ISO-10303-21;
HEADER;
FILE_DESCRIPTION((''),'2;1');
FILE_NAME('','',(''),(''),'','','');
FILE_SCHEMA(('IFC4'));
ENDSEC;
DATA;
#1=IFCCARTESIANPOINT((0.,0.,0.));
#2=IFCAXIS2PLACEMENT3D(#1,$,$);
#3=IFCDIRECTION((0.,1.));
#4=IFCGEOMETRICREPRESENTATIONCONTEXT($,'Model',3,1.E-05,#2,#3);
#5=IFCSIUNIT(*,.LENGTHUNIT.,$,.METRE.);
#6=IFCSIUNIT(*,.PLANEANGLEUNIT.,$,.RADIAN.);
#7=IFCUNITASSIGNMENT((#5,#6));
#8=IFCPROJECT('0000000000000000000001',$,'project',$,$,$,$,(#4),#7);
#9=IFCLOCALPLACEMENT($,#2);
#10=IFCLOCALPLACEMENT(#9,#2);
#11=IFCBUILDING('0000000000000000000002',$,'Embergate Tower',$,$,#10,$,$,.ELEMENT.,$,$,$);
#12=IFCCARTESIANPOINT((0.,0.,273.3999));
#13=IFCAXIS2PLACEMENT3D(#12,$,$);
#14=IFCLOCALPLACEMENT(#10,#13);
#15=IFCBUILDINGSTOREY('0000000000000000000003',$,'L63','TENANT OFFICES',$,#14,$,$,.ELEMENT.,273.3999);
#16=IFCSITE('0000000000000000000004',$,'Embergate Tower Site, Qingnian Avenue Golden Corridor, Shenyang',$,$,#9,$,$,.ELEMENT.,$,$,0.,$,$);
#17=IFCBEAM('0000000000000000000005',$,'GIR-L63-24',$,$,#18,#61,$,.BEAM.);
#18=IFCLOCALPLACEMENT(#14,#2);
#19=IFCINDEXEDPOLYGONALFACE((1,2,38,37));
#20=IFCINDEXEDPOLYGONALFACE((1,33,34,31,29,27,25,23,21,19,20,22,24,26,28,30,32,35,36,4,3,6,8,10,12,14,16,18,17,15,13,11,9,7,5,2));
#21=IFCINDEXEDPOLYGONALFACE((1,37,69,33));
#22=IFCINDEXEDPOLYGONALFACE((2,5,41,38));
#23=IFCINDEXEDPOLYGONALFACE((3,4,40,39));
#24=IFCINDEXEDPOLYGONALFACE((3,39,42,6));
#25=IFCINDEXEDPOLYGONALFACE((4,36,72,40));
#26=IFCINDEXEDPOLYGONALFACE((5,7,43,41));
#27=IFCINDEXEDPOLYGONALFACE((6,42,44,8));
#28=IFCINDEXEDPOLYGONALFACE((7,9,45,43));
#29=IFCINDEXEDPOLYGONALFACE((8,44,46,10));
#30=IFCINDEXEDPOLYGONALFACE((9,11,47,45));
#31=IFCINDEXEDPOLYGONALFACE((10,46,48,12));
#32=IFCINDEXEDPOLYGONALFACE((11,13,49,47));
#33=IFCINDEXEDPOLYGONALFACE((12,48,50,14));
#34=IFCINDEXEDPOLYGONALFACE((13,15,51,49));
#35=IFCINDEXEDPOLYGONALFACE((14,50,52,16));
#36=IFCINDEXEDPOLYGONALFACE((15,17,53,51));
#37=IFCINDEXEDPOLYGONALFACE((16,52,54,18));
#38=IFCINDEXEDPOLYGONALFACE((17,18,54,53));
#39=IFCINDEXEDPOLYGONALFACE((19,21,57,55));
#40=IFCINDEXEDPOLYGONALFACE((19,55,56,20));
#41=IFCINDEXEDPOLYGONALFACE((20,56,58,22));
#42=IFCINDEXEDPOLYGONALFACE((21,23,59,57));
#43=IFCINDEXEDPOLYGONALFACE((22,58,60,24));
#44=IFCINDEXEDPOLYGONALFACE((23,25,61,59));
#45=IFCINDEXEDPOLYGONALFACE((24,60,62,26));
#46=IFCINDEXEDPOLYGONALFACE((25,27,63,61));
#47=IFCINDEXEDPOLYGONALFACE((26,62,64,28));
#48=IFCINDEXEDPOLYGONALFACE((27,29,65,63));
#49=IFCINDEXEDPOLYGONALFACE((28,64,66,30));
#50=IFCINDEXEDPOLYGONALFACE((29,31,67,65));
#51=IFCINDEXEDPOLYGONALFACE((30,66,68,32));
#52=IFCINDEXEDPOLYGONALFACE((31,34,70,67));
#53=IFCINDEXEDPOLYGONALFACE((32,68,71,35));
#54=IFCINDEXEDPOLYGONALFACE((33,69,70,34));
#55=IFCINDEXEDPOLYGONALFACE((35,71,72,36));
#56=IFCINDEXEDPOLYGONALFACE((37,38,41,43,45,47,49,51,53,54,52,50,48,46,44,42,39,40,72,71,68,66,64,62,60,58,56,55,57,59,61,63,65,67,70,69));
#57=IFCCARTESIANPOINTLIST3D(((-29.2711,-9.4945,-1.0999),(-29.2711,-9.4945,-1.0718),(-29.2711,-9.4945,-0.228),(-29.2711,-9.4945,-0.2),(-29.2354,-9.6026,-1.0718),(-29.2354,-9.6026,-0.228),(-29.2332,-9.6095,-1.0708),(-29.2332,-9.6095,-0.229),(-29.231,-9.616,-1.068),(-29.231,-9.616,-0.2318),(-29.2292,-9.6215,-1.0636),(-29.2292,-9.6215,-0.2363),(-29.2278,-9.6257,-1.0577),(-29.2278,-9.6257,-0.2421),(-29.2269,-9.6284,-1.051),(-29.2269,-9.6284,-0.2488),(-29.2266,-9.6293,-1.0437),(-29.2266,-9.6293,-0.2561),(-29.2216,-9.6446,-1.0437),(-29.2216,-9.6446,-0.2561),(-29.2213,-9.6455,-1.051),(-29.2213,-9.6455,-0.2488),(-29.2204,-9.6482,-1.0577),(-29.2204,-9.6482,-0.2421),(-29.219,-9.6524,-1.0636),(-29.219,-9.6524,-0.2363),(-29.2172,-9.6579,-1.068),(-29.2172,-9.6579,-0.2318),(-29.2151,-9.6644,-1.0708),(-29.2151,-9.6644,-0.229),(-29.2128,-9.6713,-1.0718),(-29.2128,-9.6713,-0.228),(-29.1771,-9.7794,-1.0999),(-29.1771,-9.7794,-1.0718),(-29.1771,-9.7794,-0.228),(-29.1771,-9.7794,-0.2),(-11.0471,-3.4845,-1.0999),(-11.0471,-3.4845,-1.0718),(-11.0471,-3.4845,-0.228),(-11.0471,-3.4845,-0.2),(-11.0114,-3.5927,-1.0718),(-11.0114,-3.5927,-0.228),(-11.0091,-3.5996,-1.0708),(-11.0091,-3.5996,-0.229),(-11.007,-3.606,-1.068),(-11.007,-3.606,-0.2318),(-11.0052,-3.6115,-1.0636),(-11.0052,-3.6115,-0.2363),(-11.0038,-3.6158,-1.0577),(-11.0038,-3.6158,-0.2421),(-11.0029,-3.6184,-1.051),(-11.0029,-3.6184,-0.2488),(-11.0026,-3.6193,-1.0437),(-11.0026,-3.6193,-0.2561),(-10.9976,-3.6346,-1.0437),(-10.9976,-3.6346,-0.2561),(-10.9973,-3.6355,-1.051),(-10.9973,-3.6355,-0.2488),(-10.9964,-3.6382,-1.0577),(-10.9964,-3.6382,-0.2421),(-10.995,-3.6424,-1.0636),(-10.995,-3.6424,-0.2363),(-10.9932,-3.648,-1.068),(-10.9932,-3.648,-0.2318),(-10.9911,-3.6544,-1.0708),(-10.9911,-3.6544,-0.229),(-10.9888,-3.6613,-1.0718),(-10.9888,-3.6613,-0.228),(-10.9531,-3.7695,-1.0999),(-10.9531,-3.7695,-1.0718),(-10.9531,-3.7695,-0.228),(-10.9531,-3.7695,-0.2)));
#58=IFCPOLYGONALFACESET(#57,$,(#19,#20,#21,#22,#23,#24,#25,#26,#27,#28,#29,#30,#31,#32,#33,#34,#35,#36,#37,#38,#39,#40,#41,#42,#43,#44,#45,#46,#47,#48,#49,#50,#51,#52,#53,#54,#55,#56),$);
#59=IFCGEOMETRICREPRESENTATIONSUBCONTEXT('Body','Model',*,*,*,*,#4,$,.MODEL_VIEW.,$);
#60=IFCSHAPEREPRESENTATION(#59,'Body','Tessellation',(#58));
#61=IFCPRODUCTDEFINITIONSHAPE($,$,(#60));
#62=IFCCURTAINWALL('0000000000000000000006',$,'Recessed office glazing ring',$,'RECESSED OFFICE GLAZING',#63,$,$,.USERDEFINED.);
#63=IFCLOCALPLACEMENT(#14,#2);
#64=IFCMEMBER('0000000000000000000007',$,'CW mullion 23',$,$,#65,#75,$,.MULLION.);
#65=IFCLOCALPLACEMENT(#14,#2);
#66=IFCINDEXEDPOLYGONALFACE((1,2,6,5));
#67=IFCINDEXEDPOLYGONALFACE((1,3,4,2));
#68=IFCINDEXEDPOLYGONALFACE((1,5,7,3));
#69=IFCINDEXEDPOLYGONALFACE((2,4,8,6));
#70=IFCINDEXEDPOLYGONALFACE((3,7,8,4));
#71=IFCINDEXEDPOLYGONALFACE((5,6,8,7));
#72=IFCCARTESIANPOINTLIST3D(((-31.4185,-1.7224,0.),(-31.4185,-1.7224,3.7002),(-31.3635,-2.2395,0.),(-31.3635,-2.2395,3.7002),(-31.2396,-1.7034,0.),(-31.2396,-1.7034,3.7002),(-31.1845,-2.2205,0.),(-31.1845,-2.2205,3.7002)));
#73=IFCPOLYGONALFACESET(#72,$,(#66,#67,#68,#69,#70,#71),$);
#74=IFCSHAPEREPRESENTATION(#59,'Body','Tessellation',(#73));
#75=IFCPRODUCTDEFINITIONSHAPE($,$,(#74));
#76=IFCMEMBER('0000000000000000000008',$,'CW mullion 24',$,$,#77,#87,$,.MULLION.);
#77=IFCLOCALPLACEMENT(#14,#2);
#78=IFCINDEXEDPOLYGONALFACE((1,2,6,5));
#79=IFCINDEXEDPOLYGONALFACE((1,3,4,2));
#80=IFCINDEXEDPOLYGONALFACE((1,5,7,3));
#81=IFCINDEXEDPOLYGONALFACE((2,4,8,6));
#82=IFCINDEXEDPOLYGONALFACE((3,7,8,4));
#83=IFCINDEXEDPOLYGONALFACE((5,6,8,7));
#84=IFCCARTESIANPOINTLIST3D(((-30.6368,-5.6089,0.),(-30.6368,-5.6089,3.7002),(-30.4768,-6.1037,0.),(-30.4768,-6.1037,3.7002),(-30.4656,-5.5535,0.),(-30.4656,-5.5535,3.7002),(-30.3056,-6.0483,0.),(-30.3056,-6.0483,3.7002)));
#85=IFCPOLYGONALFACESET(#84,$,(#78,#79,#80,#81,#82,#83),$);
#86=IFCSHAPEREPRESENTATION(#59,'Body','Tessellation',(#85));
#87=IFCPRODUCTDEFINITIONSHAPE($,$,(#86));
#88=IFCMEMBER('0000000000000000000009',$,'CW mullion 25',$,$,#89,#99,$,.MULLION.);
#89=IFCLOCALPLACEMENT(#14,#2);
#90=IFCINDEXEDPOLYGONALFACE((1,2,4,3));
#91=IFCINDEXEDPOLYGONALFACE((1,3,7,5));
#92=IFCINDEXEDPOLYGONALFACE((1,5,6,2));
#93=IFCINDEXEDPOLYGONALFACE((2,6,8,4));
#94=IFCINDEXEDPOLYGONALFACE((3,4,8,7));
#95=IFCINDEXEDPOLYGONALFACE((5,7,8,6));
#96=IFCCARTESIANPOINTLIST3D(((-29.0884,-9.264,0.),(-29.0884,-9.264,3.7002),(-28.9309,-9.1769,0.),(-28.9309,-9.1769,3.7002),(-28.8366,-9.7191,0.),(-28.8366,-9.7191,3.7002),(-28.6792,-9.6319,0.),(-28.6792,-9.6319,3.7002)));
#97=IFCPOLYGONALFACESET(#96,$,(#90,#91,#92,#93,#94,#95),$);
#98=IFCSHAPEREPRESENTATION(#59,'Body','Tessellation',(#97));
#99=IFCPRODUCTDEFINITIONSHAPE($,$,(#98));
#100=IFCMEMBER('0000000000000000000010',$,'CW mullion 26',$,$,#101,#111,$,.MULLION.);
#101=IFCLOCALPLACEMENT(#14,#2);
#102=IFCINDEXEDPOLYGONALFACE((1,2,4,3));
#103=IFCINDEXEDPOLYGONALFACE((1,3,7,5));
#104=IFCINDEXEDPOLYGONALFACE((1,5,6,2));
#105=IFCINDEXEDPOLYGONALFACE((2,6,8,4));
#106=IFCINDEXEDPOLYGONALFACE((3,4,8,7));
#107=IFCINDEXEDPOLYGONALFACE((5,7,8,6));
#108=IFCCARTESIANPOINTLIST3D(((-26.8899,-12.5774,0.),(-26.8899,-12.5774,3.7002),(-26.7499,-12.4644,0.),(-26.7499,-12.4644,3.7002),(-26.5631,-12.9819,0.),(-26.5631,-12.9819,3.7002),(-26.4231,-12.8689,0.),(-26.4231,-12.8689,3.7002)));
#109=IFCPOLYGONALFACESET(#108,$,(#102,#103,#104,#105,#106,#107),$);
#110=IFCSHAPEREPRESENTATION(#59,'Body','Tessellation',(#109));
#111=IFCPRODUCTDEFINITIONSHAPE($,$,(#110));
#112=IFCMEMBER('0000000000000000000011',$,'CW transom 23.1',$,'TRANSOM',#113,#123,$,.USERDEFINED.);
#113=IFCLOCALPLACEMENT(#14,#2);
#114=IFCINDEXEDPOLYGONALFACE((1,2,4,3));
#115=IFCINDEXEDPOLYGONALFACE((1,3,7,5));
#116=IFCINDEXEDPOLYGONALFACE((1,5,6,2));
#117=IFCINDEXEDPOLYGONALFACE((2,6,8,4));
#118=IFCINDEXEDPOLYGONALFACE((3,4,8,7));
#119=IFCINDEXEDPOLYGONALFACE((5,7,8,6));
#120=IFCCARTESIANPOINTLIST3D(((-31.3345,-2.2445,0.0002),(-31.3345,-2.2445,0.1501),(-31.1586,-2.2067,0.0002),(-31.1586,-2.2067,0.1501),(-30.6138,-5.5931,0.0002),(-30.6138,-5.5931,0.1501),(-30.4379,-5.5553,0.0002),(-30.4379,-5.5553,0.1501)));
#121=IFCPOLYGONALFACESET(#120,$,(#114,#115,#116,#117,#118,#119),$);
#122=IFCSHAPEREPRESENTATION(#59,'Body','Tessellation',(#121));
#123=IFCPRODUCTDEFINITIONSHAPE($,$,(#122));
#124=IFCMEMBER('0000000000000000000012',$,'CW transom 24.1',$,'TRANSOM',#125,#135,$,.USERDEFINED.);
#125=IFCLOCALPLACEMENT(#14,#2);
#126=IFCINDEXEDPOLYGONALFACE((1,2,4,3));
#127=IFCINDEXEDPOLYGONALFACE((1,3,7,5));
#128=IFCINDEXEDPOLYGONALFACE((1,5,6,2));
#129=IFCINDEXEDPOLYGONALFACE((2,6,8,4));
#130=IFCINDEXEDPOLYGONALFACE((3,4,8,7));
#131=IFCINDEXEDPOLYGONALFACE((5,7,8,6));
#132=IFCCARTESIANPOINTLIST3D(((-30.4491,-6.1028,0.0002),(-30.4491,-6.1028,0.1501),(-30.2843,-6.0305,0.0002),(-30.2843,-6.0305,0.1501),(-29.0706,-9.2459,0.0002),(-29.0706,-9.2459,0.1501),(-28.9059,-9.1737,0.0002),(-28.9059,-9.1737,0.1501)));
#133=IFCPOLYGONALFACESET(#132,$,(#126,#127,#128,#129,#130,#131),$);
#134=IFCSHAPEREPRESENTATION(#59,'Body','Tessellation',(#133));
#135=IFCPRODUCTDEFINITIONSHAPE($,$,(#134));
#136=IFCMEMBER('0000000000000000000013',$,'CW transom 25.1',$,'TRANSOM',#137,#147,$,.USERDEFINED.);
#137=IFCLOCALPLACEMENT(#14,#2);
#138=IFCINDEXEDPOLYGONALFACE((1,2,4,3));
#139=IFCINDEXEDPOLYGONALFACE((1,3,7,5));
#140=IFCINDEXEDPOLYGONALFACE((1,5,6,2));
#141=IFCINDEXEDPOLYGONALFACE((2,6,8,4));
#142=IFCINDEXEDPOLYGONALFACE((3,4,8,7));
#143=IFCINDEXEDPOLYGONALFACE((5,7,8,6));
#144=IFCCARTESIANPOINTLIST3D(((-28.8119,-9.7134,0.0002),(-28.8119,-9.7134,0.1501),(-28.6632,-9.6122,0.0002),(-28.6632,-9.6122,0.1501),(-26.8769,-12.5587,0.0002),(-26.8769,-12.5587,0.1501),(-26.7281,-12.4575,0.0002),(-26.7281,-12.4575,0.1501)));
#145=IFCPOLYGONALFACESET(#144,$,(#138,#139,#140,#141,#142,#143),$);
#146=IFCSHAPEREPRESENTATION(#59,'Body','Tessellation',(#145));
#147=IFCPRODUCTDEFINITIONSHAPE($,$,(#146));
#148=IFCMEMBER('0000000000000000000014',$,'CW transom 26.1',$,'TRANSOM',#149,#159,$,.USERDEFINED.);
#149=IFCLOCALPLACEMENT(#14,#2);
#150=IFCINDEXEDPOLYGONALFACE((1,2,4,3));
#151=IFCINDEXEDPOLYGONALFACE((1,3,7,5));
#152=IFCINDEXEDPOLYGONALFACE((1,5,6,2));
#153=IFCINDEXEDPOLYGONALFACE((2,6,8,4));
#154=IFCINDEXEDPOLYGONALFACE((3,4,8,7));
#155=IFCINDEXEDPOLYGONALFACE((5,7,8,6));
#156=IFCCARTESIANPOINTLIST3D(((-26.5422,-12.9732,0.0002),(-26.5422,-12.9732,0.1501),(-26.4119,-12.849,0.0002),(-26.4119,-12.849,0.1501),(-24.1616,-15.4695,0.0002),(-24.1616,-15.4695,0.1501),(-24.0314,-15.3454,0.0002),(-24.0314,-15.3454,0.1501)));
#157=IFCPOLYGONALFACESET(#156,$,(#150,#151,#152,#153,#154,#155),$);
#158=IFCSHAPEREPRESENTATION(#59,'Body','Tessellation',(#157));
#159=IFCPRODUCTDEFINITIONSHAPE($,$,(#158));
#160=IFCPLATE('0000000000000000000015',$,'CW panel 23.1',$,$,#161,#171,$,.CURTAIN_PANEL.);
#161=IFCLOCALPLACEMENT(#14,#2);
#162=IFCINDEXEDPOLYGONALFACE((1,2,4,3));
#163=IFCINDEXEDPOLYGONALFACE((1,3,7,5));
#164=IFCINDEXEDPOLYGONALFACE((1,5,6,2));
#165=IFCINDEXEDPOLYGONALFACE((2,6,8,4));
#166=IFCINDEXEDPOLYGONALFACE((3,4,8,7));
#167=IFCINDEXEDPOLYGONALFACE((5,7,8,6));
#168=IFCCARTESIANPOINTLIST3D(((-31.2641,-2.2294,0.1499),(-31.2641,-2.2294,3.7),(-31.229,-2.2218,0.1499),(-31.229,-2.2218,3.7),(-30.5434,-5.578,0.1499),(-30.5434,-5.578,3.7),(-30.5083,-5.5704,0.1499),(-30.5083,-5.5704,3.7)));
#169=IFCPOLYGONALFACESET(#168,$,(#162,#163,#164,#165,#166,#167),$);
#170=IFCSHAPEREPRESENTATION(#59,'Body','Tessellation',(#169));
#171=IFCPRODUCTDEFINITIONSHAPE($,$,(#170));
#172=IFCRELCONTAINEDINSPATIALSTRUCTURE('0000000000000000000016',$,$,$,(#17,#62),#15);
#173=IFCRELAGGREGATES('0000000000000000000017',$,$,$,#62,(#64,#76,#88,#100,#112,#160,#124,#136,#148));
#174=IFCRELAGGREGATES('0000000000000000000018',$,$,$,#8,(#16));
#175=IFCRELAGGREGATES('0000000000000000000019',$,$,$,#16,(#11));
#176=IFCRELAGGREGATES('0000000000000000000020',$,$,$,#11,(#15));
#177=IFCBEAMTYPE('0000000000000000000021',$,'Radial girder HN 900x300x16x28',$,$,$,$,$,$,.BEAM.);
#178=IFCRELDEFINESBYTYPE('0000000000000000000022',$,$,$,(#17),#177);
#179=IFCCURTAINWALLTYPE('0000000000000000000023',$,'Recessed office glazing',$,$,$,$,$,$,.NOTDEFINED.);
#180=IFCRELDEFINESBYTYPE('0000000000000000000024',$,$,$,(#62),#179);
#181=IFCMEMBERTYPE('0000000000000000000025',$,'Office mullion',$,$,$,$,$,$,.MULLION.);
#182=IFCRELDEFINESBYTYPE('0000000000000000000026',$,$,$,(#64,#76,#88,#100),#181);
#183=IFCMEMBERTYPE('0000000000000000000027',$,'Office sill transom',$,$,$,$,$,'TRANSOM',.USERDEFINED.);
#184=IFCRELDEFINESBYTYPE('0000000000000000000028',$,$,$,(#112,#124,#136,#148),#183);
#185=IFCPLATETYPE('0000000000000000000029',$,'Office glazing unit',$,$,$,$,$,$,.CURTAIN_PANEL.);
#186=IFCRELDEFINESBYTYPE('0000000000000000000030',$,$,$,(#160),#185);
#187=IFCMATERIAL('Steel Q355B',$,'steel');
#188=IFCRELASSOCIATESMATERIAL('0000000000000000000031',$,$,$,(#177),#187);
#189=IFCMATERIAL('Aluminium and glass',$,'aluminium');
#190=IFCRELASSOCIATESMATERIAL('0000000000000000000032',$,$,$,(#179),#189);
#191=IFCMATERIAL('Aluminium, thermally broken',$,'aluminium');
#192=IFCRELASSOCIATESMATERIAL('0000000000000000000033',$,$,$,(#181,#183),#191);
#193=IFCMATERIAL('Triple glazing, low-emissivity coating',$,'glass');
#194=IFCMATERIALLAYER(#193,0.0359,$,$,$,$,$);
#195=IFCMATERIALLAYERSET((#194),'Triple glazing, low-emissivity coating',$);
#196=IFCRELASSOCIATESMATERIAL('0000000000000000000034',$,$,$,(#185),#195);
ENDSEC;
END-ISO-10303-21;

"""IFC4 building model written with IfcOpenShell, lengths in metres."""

from ifc_helpers import new_model, si_unit, direction, frame, origin, origin_2d, place, context, subcontext, project, spatial, rectangle, i_section, extrude, source, transform, mapped, material, layer, layer_set, material_profile, profile_set, type_object, element, aggregate, save


model = new_model("IFC4")

# Units and contexts
model_context = context("Model", 3, precision=1e-05, world=origin(), true_north=direction((0.0, 1.0)))
body_context = subcontext(model_context, "Body", "Model", "MODEL_VIEW")
ifc_project = project(units=[si_unit("LENGTHUNIT", "METRE"), si_unit("PLANEANGLEUNIT", "RADIAN")], contexts=[model_context])

# Site, building, storey
site_placement = place(None, origin())
site = spatial("IfcSite", under=ifc_project, at=site_placement, Name="Embergate Tower Site, Qingnian Avenue Golden Corridor, Shenyang", CompositionType="ELEMENT", RefElevation=0.0)
building_placement = place(site_placement, origin())
building = spatial("IfcBuilding", under=site, at=building_placement, Name="Embergate Tower", CompositionType="ELEMENT")
storey_placement = place(building_placement, frame((0.0, 0.0, 273.3999)))
storey = spatial("IfcBuildingStorey", under=building, at=storey_placement, Name="L63", Description="TENANT OFFICES", CompositionType="ELEMENT", Elevation=273.3999)

# Beam
ifc_material_1 = material(Name="Steel Q355B", Category="steel")
ifc_material_profile_1 = material_profile(ifc_material_1, i_section(OverallWidth=0.3, OverallDepth=0.8999, WebThickness=0.0161, FlangeThickness=0.0281, FilletRadius=0.0281, at=origin_2d()), Name="HN 900x300x16x28")
ifc_profile_set_1 = profile_set([ifc_material_profile_1], Name="Steel Q355 grade B")
beam_type_1 = type_object("IfcBeamType", Name="Radial girder HN 900x300x16x28", PredefinedType="BEAM", material=ifc_profile_set_1)
shared_shape_1 = source(origin(), body_context, "Body", "SweptSolid", [
    extrude(i_section(OverallWidth=0.3, OverallDepth=0.8999, WebThickness=0.0161, FlangeThickness=0.0281, FilletRadius=0.0281, at=origin_2d()), origin(), (0.0, 0.0, 1.0), 19.1895),
])
beam_1_placement = place(storey_placement, frame((-29.2241, -9.637, -0.6499), z_axis=(0.94969, 0.313192, 0.0), x_axis=(-0.313192, 0.94969, 0.0)))
element("IfcBeam", 1, at=beam_1_placement, inside=storey, type_object=beam_type_1, Name="GIR-L63-24", PredefinedType="BEAM", context=body_context, shape_type="MappedRepresentation", body=[
    mapped(shared_shape_1, transform((0.0, 0.0, 0.0))),
])

# Curtain wall, members, plate
ifc_material_2 = material(Name="Aluminium and glass", Category="aluminium")
curtain_wall_type = type_object("IfcCurtainWallType", Name="Recessed office glazing", PredefinedType="NOTDEFINED", material=ifc_material_2)
curtain_wall_placement = place(storey_placement, origin())
curtain_wall = element("IfcCurtainWall", 2, at=curtain_wall_placement, inside=storey, type_object=curtain_wall_type, Name="Recessed office glazing ring", ObjectType="RECESSED OFFICE GLAZING", PredefinedType="USERDEFINED")
ifc_material_3 = material(Name="Aluminium, thermally broken", Category="aluminium")
ifc_material_profile_2 = material_profile(ifc_material_3, rectangle(XDim=0.1799, YDim=0.52, at=origin_2d()), Name="AL 520x180")
ifc_profile_set_2 = profile_set([ifc_material_profile_2], Name="Aluminium, thermally broken")
member_type_1 = type_object("IfcMemberType", Name="Office mullion", PredefinedType="MULLION", material=ifc_profile_set_2)
shared_shape_2 = source(origin(), body_context, "Body", "SweptSolid", [
    extrude(rectangle(XDim=0.1799, YDim=0.52, at=origin_2d()), origin(), (0.0, 0.0, 1.0), 3.7002),
])
member_1_placement = place(storey_placement, frame((-31.3015, -1.9714, 0.0), z_axis=(0.0, 0.0, 1.0), x_axis=(0.994384, 0.10583, 0.0)))
member_1 = element("IfcMember", 3, at=member_1_placement, type_object=member_type_1, Name="CW mullion 23", PredefinedType="MULLION", context=body_context, shape_type="MappedRepresentation", body=[
    mapped(shared_shape_2, transform((0.0, 0.0, 0.0))),
])
member_2_placement = place(storey_placement, frame((-30.4712, -5.8286, 0.0), z_axis=(0.0, 0.0, 1.0), x_axis=(0.951493, 0.307671, 0.0)))
member_2 = element("IfcMember", 4, at=member_2_placement, type_object=member_type_1, Name="CW mullion 24", PredefinedType="MULLION", context=body_context, shape_type="MappedRepresentation", body=[
    mapped(shared_shape_2, transform((0.0, 0.0, 0.0))),
])
member_3_placement = place(storey_placement, frame((-28.8838, -9.448, 0.0), z_axis=(0.0, 0.0, 1.0), x_axis=(0.874993, 0.484136, 0.0)))
member_3 = element("IfcMember", 5, at=member_3_placement, type_object=member_type_1, Name="CW mullion 25", PredefinedType="MULLION", context=body_context, shape_type="MappedRepresentation", body=[
    mapped(shared_shape_2, transform((0.0, 0.0, 0.0))),
])
member_4_placement = place(storey_placement, frame((-26.6565, -12.7231, 0.0), z_axis=(0.0, 0.0, 1.0), x_axis=(0.777862, 0.628436, 0.0)))
member_4 = element("IfcMember", 6, at=member_4_placement, type_object=member_type_1, Name="CW mullion 26", PredefinedType="MULLION", context=body_context, shape_type="MappedRepresentation", body=[
    mapped(shared_shape_2, transform((0.0, 0.0, 0.0))),
])
ifc_material_profile_3 = material_profile(ifc_material_3, rectangle(XDim=0.1799, YDim=0.1499, at=origin_2d()), Name="AL 150x180")
ifc_profile_set_3 = profile_set([ifc_material_profile_3], Name="Aluminium, thermally broken")
member_type_2 = type_object("IfcMemberType", Name="Office sill transom", ElementType="TRANSOM", PredefinedType="USERDEFINED", material=ifc_profile_set_3)
shared_shape_3 = source(origin(), body_context, "Body", "SweptSolid", [
    extrude(rectangle(XDim=0.1799, YDim=0.1499, at=origin_2d()), origin(), (0.0, 0.0, 1.0), 3.4253),
])
member_5_placement = place(storey_placement, frame((-31.2466, -2.2256, 0.0752), z_axis=(0.210405, -0.977614, 0.0), x_axis=(0.977614, 0.210405, 0.0)))
member_5 = element("IfcMember", 7, at=member_5_placement, type_object=member_type_2, Name="CW transom 23.1", ObjectType="TRANSOM", PredefinedType="USERDEFINED", context=body_context, shape_type="MappedRepresentation", body=[
    mapped(shared_shape_3, transform((0.0, 0.0, 0.0))),
])
shared_shape_4 = source(origin(), body_context, "Body", "SweptSolid", [
    extrude(rectangle(XDim=0.1799, YDim=0.1499, at=origin_2d()), origin(), (0.0, 0.0, 1.0), 3.4321),
])
member_6_placement = place(storey_placement, frame((-30.3667, -6.0667, 0.0752), z_axis=(0.401632, -0.915801, 0.0), x_axis=(0.915801, 0.401632, 0.0)))
member_6 = element("IfcMember", 8, at=member_6_placement, type_object=member_type_2, Name="CW transom 24.1", ObjectType="TRANSOM", PredefinedType="USERDEFINED", context=body_context, shape_type="MappedRepresentation", body=[
    mapped(shared_shape_4, transform((0.0, 0.0, 0.0))),
])
shared_shape_5 = source(origin(), body_context, "Body", "SweptSolid", [
    extrude(rectangle(XDim=0.1799, YDim=0.1499, at=origin_2d()), origin(), (0.0, 0.0, 1.0), 3.4409),
])
member_7_placement = place(storey_placement, frame((-28.7375, -9.6628, 0.0752), z_axis=(0.562372, -0.826884, 0.0), x_axis=(0.826884, 0.562372, 0.0)))
member_7 = element("IfcMember", 9, at=member_7_placement, type_object=member_type_2, Name="CW transom 25.1", ObjectType="TRANSOM", PredefinedType="USERDEFINED", context=body_context, shape_type="MappedRepresentation", body=[
    mapped(shared_shape_5, transform((0.0, 0.0, 0.0))),
])
shared_shape_6 = source(origin(), body_context, "Body", "SweptSolid", [
    extrude(rectangle(XDim=0.1799, YDim=0.1499, at=origin_2d()), origin(), (0.0, 0.0, 1.0), 3.4495),
])
member_8_placement = place(storey_placement, frame((-26.4771, -12.9111, 0.0752), z_axis=(0.690134, -0.723682, 0.0), x_axis=(0.723682, 0.690134, 0.0)))
member_8 = element("IfcMember", 10, at=member_8_placement, type_object=member_type_2, Name="CW transom 26.1", ObjectType="TRANSOM", PredefinedType="USERDEFINED", context=body_context, shape_type="MappedRepresentation", body=[
    mapped(shared_shape_6, transform((0.0, 0.0, 0.0))),
])
ifc_material_4 = material(Name="Triple glazing, low-emissivity coating", Category="glass")
ifc_layer_1 = layer(ifc_material_4, 0.0359)
ifc_layer_set_1 = layer_set([ifc_layer_1], Name="Triple glazing, low-emissivity coating")
plate_type = type_object("IfcPlateType", Name="Office glazing unit", PredefinedType="CURTAIN_PANEL", material=ifc_layer_set_1)
shared_shape_7 = source(origin(), body_context, "Body", "SweptSolid", [
    extrude(rectangle(XDim=3.4253, YDim=0.0359, at=origin_2d()), origin(), (0.0, 0.0, 1.0), 3.55),
])
plate_1_placement = place(storey_placement, frame((-30.8862, -3.8999, 0.1499), z_axis=(0.0, 0.0, 1.0), x_axis=(0.210402, -0.977615, 0.0)))
plate_1 = element("IfcPlate", 11, at=plate_1_placement, type_object=plate_type, Name="CW panel 23.1", PredefinedType="CURTAIN_PANEL", context=body_context, shape_type="MappedRepresentation", body=[
    mapped(shared_shape_7, transform((0.0, 0.0, 0.0))),
])
aggregate(curtain_wall, [member_1, member_2, member_3, member_4, member_5, plate_1, member_6, member_7, member_8])

save(model, "model.ifc")
